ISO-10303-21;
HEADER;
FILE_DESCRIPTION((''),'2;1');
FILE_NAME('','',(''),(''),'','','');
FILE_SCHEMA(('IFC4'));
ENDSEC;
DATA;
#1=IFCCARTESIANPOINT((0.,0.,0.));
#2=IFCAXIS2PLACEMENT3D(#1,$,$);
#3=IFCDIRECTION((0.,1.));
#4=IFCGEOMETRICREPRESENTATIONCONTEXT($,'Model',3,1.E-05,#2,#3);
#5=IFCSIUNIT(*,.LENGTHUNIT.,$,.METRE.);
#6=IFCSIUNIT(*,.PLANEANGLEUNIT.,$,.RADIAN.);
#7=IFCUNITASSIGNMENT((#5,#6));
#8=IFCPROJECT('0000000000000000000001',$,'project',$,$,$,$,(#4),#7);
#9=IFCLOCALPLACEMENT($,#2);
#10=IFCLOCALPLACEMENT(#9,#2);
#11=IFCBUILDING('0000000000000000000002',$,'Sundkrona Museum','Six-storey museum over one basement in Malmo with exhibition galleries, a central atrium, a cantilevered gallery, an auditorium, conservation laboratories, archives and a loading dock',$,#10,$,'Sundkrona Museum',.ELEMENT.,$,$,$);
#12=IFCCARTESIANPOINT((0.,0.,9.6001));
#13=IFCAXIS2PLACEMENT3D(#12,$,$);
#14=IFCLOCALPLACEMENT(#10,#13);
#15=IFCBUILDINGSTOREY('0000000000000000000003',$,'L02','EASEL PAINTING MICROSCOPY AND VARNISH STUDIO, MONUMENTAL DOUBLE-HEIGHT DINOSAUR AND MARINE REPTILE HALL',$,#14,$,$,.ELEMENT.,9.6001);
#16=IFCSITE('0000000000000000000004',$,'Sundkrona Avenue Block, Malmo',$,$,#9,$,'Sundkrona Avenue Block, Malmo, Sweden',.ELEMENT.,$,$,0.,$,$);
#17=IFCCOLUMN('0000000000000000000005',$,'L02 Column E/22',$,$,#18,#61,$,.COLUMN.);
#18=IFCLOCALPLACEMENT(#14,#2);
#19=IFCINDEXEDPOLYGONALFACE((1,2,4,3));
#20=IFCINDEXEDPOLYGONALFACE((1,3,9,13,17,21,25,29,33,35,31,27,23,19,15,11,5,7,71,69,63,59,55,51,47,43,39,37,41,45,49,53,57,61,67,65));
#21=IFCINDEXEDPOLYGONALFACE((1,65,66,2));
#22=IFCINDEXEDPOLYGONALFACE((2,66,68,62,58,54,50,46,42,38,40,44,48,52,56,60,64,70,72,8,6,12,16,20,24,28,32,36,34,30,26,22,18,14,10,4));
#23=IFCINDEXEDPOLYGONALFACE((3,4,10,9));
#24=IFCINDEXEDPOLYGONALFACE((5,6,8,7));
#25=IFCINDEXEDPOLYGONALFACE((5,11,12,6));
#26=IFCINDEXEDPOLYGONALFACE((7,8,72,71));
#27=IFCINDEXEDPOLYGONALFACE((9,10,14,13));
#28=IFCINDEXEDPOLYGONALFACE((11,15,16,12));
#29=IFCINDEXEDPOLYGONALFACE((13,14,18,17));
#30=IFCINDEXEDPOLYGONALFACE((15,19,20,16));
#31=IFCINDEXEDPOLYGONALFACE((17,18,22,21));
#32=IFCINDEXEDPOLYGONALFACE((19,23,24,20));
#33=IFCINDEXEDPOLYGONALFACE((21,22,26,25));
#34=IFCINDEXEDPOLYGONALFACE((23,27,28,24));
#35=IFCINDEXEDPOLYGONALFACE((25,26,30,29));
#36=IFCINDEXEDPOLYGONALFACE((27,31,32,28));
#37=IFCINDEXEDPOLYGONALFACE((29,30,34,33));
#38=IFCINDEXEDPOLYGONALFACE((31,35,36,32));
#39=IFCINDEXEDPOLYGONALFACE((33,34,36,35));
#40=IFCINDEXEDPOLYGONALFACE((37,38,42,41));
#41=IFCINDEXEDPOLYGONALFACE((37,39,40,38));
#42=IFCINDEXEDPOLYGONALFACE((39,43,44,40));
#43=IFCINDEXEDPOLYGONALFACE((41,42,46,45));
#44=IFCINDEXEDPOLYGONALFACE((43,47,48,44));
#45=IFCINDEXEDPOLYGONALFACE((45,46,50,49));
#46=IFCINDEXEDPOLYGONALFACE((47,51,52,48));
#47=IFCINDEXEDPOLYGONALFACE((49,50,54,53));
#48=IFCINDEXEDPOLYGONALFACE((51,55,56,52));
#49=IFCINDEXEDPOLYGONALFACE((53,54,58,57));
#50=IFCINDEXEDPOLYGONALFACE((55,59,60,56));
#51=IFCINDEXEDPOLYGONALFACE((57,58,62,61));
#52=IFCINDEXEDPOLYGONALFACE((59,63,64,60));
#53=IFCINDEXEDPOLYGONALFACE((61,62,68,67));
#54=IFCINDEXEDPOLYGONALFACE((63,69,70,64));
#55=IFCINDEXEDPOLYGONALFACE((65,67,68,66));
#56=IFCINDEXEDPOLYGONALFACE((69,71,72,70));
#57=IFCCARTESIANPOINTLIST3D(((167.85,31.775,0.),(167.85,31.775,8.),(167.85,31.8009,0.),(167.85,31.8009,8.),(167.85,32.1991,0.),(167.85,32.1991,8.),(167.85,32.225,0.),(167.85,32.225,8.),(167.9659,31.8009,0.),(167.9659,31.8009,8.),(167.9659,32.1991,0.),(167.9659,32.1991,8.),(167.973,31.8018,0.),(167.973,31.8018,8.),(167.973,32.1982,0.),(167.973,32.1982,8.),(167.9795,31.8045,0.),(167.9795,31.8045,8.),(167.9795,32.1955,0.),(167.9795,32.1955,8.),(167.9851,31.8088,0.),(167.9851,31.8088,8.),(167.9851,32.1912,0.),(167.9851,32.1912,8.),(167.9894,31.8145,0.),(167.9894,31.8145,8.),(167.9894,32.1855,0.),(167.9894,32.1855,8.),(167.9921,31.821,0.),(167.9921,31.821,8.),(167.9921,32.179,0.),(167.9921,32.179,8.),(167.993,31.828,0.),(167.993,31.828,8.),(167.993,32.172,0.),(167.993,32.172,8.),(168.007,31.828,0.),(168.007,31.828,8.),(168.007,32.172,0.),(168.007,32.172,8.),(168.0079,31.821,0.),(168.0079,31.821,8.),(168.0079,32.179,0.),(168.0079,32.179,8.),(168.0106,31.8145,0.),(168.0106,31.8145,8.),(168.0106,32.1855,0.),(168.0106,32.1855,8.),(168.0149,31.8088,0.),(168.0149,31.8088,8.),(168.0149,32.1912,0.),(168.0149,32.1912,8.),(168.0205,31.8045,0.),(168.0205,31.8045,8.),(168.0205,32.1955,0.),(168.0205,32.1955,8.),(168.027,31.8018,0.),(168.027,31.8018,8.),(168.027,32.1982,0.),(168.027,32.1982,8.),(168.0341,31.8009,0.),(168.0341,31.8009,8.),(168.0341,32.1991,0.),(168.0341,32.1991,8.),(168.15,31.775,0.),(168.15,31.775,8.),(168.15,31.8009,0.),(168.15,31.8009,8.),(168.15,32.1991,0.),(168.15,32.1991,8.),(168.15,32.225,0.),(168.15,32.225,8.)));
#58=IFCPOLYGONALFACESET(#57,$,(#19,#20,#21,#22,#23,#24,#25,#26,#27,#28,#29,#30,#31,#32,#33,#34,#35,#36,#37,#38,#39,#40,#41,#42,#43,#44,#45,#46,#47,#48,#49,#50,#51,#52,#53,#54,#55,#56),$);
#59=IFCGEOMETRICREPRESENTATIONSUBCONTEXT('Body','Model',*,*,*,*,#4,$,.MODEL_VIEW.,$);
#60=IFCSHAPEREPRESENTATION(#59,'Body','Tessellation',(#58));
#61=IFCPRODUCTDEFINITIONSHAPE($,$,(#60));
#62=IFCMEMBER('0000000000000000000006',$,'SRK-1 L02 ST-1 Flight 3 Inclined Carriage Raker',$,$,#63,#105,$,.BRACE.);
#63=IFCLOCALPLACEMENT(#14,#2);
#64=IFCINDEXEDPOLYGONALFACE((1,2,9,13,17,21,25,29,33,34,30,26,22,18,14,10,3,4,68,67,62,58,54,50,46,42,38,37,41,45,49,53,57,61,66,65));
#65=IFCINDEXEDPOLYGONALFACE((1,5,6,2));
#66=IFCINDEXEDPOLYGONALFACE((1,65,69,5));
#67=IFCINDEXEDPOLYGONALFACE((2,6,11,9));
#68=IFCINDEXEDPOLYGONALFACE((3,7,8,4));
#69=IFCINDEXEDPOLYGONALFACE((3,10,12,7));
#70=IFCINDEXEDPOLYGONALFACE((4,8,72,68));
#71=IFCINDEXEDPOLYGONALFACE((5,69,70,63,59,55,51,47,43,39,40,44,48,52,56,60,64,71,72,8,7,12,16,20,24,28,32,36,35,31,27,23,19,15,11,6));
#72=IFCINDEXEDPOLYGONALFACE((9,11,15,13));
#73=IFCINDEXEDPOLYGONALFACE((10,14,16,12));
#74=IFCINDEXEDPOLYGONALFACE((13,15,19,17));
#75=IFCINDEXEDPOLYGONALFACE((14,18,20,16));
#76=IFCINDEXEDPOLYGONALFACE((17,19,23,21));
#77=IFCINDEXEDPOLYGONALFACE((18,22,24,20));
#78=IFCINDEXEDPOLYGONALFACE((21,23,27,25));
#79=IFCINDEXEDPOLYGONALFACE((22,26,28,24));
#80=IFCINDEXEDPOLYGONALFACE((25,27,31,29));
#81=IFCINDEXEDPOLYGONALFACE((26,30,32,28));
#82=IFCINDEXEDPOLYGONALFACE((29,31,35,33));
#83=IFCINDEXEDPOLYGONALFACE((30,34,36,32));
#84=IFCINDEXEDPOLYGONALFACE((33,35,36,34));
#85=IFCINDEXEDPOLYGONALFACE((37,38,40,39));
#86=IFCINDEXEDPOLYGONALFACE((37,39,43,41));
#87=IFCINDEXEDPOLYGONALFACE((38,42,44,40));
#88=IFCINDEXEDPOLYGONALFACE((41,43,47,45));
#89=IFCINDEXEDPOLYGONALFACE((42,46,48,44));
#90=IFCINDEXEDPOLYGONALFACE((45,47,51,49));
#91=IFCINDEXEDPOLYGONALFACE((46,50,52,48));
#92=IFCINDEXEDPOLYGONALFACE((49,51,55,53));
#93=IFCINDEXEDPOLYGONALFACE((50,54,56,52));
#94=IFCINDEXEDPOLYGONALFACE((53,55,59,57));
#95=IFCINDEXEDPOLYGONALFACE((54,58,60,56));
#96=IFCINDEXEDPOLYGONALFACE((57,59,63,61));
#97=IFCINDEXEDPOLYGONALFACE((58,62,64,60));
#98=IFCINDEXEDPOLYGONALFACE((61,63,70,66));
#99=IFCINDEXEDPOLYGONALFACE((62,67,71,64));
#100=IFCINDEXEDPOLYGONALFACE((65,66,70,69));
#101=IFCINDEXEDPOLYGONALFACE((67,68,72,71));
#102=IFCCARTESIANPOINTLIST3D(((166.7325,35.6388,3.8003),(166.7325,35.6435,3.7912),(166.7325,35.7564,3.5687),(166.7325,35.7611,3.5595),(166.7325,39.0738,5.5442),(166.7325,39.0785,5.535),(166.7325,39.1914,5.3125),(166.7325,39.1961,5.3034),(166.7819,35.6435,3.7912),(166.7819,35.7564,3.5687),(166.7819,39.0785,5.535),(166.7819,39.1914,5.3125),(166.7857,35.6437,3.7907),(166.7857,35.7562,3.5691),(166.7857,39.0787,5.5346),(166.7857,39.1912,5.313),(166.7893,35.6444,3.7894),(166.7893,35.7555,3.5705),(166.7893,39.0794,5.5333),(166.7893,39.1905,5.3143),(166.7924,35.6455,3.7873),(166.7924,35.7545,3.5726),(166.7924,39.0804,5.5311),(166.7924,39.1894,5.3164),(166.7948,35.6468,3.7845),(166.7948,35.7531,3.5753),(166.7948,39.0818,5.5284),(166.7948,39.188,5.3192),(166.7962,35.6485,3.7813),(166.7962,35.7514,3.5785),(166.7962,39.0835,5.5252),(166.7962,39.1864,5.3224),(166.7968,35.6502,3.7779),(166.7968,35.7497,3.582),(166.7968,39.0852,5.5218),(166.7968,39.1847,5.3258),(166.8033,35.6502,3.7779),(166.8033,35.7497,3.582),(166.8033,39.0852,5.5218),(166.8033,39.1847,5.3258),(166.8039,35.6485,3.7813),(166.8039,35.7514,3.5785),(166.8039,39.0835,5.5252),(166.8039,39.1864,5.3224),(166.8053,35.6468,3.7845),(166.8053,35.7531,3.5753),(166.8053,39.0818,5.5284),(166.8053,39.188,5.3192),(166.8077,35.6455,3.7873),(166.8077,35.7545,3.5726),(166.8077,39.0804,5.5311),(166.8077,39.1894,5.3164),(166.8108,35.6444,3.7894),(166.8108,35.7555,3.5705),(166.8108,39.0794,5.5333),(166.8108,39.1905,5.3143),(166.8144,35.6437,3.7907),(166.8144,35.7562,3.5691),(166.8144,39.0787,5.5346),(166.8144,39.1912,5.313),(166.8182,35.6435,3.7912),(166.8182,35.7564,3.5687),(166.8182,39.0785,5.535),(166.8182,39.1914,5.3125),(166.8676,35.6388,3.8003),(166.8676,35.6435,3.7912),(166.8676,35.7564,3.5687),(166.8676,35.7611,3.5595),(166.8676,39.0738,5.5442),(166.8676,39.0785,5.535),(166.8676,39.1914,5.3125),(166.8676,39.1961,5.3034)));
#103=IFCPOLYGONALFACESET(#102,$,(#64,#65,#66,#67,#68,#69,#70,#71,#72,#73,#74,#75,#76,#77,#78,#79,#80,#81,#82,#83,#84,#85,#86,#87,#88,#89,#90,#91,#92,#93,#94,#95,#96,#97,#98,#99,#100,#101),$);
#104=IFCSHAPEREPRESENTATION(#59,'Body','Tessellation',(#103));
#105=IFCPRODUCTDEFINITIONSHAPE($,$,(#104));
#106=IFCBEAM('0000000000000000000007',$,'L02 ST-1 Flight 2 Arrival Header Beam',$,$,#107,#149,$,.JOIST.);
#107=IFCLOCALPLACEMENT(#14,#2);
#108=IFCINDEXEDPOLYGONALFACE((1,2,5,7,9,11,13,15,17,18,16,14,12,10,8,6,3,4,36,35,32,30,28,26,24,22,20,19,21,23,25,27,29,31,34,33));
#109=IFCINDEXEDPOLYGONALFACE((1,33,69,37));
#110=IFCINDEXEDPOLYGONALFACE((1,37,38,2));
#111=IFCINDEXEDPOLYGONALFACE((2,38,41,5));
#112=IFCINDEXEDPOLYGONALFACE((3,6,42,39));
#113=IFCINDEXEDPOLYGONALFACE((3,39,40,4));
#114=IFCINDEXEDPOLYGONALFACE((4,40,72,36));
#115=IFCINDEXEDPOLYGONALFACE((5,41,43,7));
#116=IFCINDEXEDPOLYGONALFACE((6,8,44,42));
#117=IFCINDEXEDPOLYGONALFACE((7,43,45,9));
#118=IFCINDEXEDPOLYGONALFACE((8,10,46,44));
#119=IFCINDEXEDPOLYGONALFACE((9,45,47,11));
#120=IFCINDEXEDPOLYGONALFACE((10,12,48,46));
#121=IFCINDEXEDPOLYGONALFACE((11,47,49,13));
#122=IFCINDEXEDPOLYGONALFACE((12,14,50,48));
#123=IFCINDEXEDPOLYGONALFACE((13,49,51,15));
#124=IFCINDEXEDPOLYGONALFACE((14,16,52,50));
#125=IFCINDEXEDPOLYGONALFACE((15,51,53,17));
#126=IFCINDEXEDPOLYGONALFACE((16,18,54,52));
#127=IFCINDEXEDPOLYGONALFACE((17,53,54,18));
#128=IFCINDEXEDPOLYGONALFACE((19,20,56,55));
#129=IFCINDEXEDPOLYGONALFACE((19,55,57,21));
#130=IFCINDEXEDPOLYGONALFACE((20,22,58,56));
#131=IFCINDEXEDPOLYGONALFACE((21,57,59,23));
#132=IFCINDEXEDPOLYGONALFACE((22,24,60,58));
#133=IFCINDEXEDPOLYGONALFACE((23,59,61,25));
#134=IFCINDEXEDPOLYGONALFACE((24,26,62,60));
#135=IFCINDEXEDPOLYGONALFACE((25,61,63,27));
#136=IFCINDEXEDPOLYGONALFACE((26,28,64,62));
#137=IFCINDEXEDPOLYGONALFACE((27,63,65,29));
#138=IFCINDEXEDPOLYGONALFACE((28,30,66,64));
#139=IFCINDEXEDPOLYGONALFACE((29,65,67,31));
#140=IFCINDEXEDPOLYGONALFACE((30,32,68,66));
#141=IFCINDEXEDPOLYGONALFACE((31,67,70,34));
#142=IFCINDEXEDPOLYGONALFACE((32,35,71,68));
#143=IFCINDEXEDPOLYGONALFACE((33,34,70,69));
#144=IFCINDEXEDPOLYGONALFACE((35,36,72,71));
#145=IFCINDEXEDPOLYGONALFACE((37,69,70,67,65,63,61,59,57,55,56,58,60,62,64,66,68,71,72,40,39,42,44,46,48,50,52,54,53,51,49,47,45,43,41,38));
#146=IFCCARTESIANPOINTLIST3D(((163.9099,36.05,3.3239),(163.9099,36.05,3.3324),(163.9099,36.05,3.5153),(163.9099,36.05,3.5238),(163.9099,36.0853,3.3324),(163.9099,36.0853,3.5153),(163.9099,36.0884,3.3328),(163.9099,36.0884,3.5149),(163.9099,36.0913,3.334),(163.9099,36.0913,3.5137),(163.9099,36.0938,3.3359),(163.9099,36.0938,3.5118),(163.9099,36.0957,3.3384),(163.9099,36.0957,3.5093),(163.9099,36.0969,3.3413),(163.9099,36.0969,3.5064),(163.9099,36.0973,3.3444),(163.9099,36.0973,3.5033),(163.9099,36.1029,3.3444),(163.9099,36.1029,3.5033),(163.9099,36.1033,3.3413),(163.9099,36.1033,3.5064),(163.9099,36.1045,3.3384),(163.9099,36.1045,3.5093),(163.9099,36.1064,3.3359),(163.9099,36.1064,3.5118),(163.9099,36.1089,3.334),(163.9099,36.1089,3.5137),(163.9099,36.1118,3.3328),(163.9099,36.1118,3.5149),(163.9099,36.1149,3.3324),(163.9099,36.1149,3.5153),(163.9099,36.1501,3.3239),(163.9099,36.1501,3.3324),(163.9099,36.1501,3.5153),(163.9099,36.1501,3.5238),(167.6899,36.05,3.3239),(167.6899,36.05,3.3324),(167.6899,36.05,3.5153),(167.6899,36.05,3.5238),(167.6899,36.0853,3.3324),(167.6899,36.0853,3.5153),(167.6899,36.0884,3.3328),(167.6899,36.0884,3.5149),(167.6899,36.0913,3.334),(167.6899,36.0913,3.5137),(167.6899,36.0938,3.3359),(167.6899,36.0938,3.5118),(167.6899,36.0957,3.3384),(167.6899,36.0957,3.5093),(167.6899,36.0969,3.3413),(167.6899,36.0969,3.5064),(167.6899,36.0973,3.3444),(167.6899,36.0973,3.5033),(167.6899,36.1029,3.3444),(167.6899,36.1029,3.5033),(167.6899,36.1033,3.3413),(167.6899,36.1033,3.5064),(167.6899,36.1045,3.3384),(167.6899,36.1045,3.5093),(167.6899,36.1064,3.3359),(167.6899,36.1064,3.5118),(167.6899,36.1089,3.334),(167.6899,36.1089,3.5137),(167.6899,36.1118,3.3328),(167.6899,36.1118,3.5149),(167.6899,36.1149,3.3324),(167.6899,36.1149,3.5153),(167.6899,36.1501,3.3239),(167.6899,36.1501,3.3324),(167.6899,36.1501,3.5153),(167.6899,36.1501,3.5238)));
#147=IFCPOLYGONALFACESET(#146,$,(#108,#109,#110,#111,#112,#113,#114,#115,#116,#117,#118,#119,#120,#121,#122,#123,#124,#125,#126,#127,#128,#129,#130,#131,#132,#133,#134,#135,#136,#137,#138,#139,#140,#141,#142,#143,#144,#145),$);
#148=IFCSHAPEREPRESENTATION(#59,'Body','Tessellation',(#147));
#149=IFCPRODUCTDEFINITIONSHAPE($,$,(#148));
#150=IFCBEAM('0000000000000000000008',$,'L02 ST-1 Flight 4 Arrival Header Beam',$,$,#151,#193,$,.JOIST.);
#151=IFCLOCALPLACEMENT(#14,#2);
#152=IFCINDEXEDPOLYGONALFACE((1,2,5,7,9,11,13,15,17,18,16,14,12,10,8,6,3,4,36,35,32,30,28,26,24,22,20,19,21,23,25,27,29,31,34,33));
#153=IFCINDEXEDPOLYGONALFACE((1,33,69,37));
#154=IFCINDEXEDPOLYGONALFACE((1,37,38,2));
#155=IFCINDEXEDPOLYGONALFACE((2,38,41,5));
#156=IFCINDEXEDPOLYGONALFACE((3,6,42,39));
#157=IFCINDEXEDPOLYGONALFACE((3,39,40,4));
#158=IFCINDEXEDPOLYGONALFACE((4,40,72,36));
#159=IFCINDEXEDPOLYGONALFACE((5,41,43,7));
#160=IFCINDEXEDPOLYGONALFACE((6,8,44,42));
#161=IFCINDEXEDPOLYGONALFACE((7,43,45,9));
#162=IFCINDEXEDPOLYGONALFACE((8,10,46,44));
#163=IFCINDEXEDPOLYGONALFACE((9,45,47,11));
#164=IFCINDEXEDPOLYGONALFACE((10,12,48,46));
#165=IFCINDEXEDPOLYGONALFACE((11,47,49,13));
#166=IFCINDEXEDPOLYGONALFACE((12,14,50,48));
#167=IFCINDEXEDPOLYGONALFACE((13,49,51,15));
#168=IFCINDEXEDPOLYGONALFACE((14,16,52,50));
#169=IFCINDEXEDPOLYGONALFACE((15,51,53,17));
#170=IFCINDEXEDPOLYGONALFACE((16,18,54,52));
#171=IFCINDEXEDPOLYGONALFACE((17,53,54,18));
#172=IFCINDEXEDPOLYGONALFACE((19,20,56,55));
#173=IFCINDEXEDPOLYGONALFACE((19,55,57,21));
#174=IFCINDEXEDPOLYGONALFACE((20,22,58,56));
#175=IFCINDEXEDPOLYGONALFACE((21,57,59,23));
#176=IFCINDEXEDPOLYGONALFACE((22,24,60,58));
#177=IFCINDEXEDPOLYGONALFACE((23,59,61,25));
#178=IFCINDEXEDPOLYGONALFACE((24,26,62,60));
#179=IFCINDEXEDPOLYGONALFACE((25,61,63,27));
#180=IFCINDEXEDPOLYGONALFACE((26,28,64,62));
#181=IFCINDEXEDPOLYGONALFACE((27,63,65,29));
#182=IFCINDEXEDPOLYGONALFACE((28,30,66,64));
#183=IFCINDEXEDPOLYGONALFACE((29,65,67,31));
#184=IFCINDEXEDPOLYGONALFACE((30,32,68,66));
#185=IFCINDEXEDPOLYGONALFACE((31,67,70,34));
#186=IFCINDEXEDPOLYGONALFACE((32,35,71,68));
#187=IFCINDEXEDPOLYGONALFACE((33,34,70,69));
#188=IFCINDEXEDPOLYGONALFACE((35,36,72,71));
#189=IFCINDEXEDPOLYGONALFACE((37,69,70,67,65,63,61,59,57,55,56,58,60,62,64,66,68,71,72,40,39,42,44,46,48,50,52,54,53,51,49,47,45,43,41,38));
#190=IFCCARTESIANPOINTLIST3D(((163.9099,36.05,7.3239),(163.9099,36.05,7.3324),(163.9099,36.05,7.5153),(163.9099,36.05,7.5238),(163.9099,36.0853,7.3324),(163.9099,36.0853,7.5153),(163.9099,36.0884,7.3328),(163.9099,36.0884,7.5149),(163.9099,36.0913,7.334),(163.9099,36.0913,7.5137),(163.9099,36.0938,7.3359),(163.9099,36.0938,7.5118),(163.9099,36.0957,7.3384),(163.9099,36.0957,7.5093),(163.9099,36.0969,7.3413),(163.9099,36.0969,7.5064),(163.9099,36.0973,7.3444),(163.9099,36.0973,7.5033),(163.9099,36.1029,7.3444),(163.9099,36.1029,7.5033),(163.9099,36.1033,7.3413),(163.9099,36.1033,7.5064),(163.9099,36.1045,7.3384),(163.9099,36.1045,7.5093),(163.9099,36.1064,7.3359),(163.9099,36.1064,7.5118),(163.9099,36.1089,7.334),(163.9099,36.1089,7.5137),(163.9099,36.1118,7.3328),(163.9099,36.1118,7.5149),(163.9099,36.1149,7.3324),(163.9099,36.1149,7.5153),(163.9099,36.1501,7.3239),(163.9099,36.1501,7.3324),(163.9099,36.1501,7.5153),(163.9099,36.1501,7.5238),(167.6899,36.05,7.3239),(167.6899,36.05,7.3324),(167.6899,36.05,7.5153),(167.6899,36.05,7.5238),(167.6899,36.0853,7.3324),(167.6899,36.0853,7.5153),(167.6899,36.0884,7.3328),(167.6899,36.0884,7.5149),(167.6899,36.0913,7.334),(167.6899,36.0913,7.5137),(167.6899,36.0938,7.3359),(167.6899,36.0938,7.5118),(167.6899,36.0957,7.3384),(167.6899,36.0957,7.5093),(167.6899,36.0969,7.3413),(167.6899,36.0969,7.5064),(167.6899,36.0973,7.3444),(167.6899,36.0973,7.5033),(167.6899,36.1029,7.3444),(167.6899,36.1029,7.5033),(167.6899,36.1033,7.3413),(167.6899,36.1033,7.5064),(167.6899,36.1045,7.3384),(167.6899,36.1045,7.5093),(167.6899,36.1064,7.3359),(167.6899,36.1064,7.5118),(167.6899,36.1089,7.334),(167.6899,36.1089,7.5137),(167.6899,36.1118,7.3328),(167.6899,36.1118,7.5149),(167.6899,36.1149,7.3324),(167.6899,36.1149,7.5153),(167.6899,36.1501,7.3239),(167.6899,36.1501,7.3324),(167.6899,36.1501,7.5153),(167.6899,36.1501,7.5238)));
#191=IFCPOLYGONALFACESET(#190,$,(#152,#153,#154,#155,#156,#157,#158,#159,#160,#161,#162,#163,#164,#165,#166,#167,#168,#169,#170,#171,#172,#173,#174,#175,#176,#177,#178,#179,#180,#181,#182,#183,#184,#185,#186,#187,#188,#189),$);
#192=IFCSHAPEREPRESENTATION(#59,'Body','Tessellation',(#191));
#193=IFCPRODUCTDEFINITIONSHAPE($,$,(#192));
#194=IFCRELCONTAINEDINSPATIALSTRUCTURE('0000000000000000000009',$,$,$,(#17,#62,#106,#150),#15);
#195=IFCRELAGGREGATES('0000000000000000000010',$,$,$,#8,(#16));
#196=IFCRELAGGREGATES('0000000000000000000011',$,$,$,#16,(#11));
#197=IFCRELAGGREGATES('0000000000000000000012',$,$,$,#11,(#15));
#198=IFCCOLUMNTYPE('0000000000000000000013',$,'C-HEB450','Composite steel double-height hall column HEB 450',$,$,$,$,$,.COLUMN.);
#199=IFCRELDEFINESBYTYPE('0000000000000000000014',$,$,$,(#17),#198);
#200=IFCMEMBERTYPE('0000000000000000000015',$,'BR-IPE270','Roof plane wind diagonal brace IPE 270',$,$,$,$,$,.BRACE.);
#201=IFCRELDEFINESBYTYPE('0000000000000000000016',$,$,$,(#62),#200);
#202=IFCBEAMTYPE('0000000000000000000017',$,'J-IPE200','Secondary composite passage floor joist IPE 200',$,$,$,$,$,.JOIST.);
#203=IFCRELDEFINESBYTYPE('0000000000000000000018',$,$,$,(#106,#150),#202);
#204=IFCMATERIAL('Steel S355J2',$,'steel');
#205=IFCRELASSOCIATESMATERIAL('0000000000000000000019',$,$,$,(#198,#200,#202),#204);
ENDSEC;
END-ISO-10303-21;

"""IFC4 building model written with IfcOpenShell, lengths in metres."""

from ifc_helpers import new_model, si_unit, direction, frame, origin, origin_2d, place, context, subcontext, project, spatial, i_section, extrude, material, material_profile, profile_set, type_object, element, save


model = new_model("IFC4")

# Units and contexts
model_context = context("Model", 3, precision=1e-05, world=origin(), true_north=direction((0.0, 1.0)))
body_context = subcontext(model_context, "Body", "Model", "MODEL_VIEW")
ifc_project = project(units=[si_unit("LENGTHUNIT", "METRE"), si_unit("PLANEANGLEUNIT", "RADIAN")], contexts=[model_context])

# Site, building, storey
site_placement = place(None, origin())
site = spatial("IfcSite", under=ifc_project, at=site_placement, Name="Sundkrona Avenue Block, Malmo", LongName="Sundkrona Avenue Block, Malmo, Sweden", CompositionType="ELEMENT", RefElevation=0.0)
building_placement = place(site_placement, origin())
building = spatial("IfcBuilding", under=site, at=building_placement, Name="Sundkrona Museum", Description="Six-storey museum over one basement in Malmo with exhibition galleries, a central atrium, a cantilevered gallery, an auditorium, conservation laboratories, archives and a loading dock", LongName="Sundkrona Museum", CompositionType="ELEMENT")
storey_placement = place(building_placement, frame((0.0, 0.0, 9.6001)))
storey = spatial("IfcBuildingStorey", under=building, at=storey_placement, Name="L02", Description="EASEL PAINTING MICROSCOPY AND VARNISH STUDIO, MONUMENTAL DOUBLE-HEIGHT DINOSAUR AND MARINE REPTILE HALL", CompositionType="ELEMENT", Elevation=9.6001)

# Column
ifc_material_1 = material(Name="Steel S355J2", Category="steel")
ifc_material_profile_1 = material_profile(ifc_material_1, i_section(OverallWidth=0.3, OverallDepth=0.45, WebThickness=0.0139, FlangeThickness=0.0259, FilletRadius=0.0271, at=origin_2d()), Name="HEB 450")
ifc_profile_set_1 = profile_set([ifc_material_profile_1], Name="Steel S355J2")
column_type = type_object("IfcColumnType", Name="C-HEB450", Description="Composite steel double-height hall column HEB 450", PredefinedType="COLUMN", material=ifc_profile_set_1)
column_placement = place(storey_placement, frame((168.0, 32.0, 0.0), z_axis=(0.0, 0.0, 1.0), x_axis=(1.0, 0.0, 0.0)))
element("IfcColumn", 1, at=column_placement, inside=storey, type_object=column_type, Name="L02 Column E/22", PredefinedType="COLUMN", context=body_context, shape_type="SweptSolid", body=[
    extrude(i_section(OverallWidth=0.3, OverallDepth=0.45, WebThickness=0.0139, FlangeThickness=0.0259, FilletRadius=0.0271, at=origin_2d()), origin(), (0.0, 0.0, 1.0), 8.0),
])

# Member
ifc_material_profile_2 = material_profile(ifc_material_1, i_section(OverallWidth=0.135, OverallDepth=0.27, WebThickness=0.0066, FlangeThickness=0.0103, FilletRadius=0.0149, at=origin_2d()), Name="IPE 270")
ifc_profile_set_2 = profile_set([ifc_material_profile_2], Name="Steel S355J2")
member_type = type_object("IfcMemberType", Name="BR-IPE270", Description="Roof plane wind diagonal brace IPE 270", PredefinedType="BRACE", material=ifc_profile_set_2)
member_placement = place(storey_placement, frame((166.8, 35.7, 3.6799), z_axis=(0.0, 0.891673, 0.452681), x_axis=(-1.0, 0.0, 0.0)))
element("IfcMember", 2, at=member_placement, inside=storey, type_object=member_type, Name="SRK-1 L02 ST-1 Flight 3 Inclined Carriage Raker", PredefinedType="BRACE", context=body_context, shape_type="SweptSolid", body=[
    extrude(i_section(OverallWidth=0.135, OverallDepth=0.27, WebThickness=0.0066, FlangeThickness=0.0103, FilletRadius=0.0149, at=origin_2d()), origin(), (0.0, 0.0, 1.0), 3.8523),
])

# Beams
ifc_material_profile_3 = material_profile(ifc_material_1, i_section(OverallWidth=0.1001, OverallDepth=0.2, WebThickness=0.0056, FlangeThickness=0.0085, FilletRadius=0.012, at=origin_2d()), Name="IPE 200")
ifc_profile_set_3 = profile_set([ifc_material_profile_3], Name="Steel S355J2")
beam_type_1 = type_object("IfcBeamType", Name="J-IPE200", Description="Secondary composite passage floor joist IPE 200", PredefinedType="JOIST", material=ifc_profile_set_3)
for number, where, z_axis, x_axis, name in (
    (3, (163.9099, 36.1001, 3.4238), (1.0, 0.0, 0.0), (0.0, 1.0, 0.0), "L02 ST-1 Flight 2 Arrival Header Beam"),
    (4, (163.9099, 36.1001, 7.4238), (1.0, 0.0, 0.0), (0.0, 1.0, 0.0), "L02 ST-1 Flight 4 Arrival Header Beam"),
):
    element("IfcBeam", number, at=place(storey_placement, frame(where, z_axis=z_axis, x_axis=x_axis)), inside=storey, type_object=beam_type_1, Name=name, PredefinedType="JOIST", context=body_context, shape_type="SweptSolid", body=[
        extrude(i_section(OverallWidth=0.1001, OverallDepth=0.2, WebThickness=0.0056, FlangeThickness=0.0085, FilletRadius=0.012, at=origin_2d()), origin(), (0.0, 0.0, 1.0), 3.78),
    ])

save(model, "model.ifc")
